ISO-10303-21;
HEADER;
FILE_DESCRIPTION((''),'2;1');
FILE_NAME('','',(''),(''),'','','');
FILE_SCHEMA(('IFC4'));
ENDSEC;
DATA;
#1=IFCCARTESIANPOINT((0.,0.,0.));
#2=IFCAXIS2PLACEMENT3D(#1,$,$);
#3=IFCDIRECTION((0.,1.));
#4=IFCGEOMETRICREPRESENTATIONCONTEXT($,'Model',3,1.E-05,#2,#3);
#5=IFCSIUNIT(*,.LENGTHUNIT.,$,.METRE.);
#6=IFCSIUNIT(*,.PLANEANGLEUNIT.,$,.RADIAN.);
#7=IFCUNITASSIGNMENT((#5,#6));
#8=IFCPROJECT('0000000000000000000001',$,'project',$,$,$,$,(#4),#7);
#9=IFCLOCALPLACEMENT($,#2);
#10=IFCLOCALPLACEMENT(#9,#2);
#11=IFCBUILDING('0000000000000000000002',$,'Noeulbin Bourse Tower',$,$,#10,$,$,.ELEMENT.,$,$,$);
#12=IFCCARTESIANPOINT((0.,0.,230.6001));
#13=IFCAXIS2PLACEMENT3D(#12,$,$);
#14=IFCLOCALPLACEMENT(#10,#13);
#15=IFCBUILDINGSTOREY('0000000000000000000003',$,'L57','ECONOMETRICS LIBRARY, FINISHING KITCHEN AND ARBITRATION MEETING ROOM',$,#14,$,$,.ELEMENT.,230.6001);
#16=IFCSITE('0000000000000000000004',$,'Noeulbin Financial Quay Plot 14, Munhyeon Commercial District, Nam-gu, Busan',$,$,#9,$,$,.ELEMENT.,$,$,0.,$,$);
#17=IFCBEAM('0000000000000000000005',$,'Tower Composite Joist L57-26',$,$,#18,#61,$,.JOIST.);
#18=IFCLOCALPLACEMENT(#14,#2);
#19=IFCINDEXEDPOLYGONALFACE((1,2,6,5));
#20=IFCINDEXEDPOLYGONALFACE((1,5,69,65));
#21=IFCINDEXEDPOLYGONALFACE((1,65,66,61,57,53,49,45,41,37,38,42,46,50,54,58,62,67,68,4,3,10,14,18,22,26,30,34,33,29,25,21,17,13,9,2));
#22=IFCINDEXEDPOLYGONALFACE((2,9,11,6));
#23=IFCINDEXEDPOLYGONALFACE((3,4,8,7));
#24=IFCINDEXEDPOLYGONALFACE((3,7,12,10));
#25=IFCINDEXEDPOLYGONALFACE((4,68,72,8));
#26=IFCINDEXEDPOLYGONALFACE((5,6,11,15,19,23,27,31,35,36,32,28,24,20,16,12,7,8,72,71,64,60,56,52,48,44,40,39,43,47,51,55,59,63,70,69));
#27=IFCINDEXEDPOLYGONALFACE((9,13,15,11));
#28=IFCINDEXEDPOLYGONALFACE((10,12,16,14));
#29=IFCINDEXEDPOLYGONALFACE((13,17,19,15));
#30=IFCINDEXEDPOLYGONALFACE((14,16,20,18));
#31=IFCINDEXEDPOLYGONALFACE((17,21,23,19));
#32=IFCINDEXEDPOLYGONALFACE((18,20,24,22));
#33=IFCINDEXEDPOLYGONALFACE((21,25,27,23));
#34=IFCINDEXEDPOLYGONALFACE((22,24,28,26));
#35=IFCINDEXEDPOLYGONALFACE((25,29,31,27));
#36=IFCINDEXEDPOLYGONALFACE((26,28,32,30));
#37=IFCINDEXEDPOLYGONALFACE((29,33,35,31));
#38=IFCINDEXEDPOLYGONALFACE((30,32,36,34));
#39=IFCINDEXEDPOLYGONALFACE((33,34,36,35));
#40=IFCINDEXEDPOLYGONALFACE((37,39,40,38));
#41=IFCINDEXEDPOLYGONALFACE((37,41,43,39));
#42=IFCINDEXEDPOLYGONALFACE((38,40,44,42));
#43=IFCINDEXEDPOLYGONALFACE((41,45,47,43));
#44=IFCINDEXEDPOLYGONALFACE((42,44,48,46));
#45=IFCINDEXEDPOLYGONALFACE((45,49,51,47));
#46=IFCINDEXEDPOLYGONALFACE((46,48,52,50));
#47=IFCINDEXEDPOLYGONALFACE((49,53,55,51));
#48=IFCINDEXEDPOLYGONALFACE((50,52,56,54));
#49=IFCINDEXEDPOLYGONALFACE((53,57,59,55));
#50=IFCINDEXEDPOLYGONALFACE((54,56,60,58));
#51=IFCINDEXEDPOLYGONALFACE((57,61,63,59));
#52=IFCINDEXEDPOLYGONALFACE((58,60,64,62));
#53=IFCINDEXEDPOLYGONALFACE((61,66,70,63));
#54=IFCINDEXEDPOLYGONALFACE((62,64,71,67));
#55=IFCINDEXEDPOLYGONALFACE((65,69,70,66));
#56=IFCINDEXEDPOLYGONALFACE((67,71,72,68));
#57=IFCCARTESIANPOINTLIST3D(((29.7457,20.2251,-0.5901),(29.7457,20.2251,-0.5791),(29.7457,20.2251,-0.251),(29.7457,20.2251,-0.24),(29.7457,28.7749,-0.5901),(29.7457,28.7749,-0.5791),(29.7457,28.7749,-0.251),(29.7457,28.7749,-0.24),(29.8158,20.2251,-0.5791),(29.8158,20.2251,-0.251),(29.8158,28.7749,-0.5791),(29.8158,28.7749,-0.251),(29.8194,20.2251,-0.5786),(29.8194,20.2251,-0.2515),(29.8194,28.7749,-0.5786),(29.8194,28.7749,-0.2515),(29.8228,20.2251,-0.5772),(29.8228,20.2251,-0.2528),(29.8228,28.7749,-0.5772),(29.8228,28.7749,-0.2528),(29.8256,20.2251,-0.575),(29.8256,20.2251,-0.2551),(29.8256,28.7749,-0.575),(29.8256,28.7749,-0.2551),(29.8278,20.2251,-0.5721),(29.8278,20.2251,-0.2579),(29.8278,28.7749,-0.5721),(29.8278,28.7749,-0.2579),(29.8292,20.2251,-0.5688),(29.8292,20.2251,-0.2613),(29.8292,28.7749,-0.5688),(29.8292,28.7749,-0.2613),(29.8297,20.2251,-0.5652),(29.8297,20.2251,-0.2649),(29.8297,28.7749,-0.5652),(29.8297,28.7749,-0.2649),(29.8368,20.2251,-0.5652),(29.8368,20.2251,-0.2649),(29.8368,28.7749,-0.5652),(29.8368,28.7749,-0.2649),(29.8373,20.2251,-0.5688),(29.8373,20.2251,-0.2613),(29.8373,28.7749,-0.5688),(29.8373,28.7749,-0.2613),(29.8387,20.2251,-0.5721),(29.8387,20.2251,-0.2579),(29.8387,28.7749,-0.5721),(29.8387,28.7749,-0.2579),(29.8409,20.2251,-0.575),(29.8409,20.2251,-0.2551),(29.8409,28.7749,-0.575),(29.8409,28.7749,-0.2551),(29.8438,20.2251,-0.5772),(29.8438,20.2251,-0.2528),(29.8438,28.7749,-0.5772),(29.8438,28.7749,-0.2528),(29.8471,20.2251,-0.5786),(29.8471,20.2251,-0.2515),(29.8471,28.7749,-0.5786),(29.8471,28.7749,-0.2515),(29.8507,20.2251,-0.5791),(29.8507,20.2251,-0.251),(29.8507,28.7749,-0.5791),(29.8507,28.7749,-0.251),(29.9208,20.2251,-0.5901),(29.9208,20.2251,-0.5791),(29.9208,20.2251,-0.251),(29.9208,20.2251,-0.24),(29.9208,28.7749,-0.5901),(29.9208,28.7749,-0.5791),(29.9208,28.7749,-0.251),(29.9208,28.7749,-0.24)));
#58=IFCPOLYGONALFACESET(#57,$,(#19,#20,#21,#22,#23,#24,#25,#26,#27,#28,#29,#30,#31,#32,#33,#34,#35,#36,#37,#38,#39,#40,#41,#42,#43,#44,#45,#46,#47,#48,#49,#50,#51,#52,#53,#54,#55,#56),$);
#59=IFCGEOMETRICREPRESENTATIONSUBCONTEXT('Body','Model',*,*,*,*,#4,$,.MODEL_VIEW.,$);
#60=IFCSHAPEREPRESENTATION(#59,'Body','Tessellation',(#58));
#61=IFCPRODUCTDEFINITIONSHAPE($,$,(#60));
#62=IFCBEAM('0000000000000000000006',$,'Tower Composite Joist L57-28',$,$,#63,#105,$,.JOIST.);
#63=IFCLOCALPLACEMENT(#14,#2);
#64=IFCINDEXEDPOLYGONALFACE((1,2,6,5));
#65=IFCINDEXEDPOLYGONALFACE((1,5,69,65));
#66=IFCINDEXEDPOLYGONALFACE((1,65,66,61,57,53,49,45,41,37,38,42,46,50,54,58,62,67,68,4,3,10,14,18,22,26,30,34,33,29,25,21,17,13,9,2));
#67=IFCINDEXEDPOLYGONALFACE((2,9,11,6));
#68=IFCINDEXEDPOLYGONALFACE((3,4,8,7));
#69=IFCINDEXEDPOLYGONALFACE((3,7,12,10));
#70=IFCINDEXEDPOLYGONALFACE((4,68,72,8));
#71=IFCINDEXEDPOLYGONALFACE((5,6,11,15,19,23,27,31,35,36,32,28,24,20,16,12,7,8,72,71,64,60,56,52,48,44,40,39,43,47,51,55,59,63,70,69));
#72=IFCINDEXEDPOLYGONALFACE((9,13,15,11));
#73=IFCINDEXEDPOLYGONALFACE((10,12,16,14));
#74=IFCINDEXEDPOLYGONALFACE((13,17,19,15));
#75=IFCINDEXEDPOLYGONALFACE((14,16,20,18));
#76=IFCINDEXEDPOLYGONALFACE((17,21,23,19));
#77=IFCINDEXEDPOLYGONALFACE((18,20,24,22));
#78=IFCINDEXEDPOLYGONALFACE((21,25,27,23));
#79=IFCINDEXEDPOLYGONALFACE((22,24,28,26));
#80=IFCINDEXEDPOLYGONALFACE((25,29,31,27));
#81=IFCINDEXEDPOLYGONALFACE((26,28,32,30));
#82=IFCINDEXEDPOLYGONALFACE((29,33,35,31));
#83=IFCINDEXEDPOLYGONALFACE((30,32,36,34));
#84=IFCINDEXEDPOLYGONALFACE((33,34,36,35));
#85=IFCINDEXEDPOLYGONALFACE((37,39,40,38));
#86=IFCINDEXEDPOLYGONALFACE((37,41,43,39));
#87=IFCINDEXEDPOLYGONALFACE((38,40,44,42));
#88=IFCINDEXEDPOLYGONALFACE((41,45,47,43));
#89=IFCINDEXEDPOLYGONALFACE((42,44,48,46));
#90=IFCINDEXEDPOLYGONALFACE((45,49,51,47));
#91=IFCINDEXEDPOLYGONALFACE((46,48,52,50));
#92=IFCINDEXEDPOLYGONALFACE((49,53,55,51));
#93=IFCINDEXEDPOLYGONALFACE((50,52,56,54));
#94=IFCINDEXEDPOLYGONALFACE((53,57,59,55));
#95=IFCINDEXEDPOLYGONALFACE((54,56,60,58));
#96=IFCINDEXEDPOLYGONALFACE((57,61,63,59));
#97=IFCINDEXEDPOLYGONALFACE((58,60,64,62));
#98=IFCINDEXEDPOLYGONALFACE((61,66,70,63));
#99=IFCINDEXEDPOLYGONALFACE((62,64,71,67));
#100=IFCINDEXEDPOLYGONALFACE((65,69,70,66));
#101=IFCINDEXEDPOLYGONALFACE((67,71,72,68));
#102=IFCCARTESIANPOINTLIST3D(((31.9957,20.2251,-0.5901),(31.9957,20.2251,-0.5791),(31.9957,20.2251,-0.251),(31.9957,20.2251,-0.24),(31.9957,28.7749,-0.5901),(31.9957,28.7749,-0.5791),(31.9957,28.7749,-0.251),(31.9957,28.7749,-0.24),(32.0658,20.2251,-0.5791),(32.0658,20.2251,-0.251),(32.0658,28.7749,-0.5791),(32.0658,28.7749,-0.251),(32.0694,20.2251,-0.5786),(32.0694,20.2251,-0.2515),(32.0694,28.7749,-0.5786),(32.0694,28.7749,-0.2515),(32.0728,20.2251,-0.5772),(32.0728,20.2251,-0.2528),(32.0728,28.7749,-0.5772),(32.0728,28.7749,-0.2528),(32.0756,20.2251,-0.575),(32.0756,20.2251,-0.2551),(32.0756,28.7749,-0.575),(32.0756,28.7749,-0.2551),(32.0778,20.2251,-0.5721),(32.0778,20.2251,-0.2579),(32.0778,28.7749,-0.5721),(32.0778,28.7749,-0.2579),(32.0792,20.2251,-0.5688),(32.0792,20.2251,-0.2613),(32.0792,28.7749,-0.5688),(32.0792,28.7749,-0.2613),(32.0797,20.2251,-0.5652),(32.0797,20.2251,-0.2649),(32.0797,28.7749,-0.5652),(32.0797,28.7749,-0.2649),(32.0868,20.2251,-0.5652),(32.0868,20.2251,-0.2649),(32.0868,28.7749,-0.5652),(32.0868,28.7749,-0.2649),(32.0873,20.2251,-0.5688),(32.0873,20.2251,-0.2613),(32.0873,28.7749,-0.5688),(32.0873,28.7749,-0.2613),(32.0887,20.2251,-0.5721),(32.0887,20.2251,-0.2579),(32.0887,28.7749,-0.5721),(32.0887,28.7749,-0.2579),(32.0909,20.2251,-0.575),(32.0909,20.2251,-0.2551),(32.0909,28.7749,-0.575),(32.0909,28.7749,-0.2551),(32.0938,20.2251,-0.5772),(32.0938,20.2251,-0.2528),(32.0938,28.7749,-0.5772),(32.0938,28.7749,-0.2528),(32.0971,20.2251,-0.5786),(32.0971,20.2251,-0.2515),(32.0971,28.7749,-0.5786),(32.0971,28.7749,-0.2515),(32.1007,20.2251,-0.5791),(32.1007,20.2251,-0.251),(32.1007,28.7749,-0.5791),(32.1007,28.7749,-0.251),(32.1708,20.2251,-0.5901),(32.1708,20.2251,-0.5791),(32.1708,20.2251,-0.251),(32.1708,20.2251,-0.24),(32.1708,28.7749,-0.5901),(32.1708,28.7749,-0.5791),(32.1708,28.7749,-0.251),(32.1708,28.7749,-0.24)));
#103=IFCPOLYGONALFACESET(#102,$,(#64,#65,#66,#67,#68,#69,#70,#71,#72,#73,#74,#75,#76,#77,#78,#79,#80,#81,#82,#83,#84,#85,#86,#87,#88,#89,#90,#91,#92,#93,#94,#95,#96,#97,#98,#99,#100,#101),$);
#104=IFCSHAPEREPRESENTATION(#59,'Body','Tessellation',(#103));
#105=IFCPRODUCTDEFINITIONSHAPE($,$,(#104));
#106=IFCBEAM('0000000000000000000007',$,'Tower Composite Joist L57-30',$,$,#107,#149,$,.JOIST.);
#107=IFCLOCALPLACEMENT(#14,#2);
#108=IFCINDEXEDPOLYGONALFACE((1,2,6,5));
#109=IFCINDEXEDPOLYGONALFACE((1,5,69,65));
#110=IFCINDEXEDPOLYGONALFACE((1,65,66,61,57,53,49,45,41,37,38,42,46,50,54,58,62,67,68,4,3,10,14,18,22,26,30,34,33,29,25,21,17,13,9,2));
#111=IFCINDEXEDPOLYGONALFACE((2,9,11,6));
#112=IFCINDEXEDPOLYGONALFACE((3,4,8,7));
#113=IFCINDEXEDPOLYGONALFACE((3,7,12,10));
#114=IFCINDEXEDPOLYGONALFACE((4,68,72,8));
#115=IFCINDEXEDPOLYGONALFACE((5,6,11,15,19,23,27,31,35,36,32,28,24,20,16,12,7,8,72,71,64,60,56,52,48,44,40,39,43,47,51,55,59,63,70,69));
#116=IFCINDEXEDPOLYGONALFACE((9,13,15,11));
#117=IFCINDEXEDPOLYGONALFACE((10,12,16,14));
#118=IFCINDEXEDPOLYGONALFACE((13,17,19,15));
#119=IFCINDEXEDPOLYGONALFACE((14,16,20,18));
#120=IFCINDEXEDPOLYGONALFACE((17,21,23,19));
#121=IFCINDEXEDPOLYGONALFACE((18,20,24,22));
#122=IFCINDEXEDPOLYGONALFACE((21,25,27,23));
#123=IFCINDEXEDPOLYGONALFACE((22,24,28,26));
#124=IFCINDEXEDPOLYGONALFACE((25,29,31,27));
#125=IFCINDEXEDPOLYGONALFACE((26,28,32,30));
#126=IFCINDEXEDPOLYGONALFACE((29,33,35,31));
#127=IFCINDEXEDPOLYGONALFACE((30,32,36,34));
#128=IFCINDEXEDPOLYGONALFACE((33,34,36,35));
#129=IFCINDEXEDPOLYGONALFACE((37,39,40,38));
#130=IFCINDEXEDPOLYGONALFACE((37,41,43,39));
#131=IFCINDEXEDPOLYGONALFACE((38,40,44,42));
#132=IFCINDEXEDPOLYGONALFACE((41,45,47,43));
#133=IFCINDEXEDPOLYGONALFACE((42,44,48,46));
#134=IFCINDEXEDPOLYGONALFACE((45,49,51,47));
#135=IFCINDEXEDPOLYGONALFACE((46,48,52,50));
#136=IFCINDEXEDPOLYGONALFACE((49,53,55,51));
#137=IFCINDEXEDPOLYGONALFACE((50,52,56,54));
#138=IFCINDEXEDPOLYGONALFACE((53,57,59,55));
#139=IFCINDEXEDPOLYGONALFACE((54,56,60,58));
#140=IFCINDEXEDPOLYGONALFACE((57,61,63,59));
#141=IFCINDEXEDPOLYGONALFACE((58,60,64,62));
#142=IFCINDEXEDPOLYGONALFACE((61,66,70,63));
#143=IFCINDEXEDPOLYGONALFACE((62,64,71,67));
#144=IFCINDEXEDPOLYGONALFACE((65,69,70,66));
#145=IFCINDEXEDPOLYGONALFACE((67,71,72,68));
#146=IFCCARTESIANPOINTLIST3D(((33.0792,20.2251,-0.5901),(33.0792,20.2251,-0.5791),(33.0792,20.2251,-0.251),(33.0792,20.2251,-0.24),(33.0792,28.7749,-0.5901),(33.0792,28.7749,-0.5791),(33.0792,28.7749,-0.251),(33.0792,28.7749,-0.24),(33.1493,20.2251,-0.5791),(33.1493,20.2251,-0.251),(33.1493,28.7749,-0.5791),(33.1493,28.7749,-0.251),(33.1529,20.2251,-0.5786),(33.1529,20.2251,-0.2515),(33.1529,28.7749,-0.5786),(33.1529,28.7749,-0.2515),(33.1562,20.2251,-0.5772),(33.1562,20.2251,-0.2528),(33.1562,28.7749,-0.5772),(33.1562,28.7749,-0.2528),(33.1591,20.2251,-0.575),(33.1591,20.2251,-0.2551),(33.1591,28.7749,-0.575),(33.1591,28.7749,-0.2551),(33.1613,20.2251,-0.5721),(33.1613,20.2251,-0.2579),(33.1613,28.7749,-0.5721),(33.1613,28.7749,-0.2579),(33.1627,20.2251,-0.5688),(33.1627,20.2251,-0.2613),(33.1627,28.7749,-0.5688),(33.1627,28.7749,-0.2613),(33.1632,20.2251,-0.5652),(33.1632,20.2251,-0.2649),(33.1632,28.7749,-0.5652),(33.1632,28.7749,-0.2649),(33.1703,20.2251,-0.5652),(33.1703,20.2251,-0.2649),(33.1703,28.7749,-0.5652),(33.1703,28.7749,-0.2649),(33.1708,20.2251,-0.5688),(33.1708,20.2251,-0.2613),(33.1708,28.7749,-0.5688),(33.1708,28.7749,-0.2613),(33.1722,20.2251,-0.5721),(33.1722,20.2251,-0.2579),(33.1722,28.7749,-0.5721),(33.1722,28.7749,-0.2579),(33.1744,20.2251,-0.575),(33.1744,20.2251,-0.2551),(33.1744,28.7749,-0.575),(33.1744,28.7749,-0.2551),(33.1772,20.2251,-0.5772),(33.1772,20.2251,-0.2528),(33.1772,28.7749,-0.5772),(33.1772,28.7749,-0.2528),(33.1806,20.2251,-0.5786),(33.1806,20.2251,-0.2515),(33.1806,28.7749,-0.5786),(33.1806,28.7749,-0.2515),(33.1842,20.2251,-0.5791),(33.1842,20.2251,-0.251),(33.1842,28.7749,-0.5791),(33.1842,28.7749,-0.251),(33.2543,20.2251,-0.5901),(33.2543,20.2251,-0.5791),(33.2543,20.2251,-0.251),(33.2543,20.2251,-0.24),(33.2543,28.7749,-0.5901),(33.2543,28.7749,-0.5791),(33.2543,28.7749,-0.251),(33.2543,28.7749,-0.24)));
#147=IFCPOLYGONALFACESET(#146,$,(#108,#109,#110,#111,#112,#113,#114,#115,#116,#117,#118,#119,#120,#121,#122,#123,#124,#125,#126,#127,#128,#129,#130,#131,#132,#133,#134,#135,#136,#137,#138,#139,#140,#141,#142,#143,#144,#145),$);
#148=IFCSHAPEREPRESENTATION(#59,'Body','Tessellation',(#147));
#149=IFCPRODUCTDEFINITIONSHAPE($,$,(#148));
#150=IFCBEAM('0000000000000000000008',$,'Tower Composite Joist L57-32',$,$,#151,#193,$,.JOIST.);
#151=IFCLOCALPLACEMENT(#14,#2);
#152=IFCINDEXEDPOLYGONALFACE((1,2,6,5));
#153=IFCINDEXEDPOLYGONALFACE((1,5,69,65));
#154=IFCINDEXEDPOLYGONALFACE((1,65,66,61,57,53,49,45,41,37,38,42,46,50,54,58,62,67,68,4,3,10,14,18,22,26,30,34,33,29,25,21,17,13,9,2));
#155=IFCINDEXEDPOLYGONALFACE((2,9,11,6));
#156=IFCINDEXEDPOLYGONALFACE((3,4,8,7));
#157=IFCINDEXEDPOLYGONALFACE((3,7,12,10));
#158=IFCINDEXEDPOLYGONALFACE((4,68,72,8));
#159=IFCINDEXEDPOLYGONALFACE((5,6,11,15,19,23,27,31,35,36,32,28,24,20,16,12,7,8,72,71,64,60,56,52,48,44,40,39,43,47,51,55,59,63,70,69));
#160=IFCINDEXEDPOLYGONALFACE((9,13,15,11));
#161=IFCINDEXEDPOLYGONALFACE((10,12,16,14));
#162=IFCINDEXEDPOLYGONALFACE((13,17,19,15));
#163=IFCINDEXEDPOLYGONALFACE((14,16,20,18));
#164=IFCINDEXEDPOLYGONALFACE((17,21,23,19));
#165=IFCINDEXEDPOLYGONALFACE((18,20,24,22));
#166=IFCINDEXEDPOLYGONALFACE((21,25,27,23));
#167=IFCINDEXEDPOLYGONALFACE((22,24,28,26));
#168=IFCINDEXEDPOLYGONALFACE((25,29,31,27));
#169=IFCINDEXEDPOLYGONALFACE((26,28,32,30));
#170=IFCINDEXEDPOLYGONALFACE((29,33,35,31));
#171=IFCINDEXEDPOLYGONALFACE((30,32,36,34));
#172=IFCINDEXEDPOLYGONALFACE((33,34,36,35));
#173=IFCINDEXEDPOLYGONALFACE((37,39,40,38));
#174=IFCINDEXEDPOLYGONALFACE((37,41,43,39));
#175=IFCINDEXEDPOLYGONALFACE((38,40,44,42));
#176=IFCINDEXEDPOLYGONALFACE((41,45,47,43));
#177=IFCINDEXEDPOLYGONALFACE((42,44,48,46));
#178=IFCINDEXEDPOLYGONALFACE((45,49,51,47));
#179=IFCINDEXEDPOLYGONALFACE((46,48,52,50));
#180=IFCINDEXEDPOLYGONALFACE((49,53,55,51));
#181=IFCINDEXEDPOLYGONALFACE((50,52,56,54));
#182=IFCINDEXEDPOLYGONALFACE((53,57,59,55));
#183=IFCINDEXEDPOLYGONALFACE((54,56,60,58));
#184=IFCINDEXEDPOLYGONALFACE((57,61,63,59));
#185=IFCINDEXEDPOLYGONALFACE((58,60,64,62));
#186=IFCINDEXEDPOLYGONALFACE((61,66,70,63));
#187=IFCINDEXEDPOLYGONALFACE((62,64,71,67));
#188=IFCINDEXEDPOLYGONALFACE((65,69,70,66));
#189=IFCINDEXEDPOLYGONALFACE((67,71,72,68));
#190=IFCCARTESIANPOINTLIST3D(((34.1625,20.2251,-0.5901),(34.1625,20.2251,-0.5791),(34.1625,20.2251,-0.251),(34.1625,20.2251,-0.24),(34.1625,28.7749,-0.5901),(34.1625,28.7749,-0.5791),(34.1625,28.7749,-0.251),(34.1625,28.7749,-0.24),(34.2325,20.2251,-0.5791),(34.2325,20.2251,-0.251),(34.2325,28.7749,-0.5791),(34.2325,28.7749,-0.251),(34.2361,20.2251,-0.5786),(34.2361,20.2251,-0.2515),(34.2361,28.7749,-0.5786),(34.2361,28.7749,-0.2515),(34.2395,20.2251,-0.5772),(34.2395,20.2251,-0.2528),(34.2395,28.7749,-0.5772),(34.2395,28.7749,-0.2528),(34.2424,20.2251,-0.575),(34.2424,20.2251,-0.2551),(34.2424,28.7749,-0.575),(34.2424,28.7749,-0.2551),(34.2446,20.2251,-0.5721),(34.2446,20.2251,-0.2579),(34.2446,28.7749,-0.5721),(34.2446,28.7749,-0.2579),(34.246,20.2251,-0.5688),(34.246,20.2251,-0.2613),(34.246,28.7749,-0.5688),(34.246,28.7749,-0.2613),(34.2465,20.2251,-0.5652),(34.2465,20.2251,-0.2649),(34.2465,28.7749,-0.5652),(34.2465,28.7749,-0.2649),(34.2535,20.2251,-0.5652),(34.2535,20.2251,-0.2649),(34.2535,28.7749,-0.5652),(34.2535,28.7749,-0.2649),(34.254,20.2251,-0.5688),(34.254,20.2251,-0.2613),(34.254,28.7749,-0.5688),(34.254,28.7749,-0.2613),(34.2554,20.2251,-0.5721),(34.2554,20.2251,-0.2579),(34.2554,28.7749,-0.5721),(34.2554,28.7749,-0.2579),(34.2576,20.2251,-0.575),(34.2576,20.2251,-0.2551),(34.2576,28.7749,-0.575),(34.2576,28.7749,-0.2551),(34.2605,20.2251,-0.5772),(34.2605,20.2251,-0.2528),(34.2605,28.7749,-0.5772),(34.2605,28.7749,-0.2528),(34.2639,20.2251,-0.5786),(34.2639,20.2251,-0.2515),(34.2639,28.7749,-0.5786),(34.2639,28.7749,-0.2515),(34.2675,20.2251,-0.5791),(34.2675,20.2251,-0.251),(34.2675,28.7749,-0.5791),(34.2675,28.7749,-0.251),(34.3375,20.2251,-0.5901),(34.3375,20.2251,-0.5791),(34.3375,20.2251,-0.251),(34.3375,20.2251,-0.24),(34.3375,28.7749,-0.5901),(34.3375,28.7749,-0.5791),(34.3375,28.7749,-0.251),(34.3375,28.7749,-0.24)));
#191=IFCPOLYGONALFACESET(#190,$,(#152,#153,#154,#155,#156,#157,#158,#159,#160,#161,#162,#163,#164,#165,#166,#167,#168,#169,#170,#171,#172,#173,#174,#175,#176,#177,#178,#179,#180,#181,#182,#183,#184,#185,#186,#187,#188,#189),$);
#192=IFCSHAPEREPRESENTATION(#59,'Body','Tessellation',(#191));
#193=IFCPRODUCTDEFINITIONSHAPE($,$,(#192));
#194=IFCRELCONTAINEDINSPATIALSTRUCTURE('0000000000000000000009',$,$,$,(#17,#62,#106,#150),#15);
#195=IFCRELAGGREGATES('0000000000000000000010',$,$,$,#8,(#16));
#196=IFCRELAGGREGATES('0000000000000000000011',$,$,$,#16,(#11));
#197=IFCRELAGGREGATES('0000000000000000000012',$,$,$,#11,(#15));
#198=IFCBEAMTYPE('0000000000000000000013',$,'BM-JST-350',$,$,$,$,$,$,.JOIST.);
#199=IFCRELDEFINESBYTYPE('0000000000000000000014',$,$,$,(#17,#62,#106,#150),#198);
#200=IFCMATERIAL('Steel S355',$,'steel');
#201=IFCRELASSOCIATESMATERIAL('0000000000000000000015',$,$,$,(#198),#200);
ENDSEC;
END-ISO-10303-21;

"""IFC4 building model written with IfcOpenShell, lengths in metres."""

from ifc_helpers import new_model, si_unit, direction, frame, origin, origin_2d, place, context, subcontext, project, spatial, i_section, extrude, material, material_profile, profile_set, type_object, element, save


model = new_model("IFC4")

# Units and contexts
model_context = context("Model", 3, precision=1e-05, world=origin(), true_north=direction((0.0, 1.0)))
body_context = subcontext(model_context, "Body", "Model", "MODEL_VIEW")
ifc_project = project(units=[si_unit("LENGTHUNIT", "METRE"), si_unit("PLANEANGLEUNIT", "RADIAN")], contexts=[model_context])

# Site, building, storey
site_placement = place(None, origin())
site = spatial("IfcSite", under=ifc_project, at=site_placement, Name="Noeulbin Financial Quay Plot 14, Munhyeon Commercial District, Nam-gu, Busan", CompositionType="ELEMENT", RefElevation=0.0)
building_placement = place(site_placement, origin())
building = spatial("IfcBuilding", under=site, at=building_placement, Name="Noeulbin Bourse Tower", CompositionType="ELEMENT")
storey_placement = place(building_placement, frame((0.0, 0.0, 230.6001)))
storey = spatial("IfcBuildingStorey", under=building, at=storey_placement, Name="L57", Description="ECONOMETRICS LIBRARY, FINISHING KITCHEN AND ARBITRATION MEETING ROOM", CompositionType="ELEMENT", Elevation=230.6001)

# Shared definitions
ifc_material_1 = material(Name="Steel S355", Category="steel")

# Beams
ifc_material_profile_1 = material_profile(ifc_material_1, i_section(OverallWidth=0.175, OverallDepth=0.3501, WebThickness=0.0071, FlangeThickness=0.011, FilletRadius=0.0139, at=origin_2d()), Name="H-350x175x7x11", Category="LoadBearing")
ifc_profile_set_1 = profile_set([ifc_material_profile_1], Name="Steel S355")
beam_type_1 = type_object("IfcBeamType", Name="BM-JST-350", PredefinedType="JOIST", material=ifc_profile_set_1)
for number, where, z_axis, x_axis, name in (
    (1, (29.8333, 20.2251, -0.415), (0.0, 1.0, 0.0), (-1.0, 0.0, 0.0), "Tower Composite Joist L57-26"),
    (2, (32.0833, 20.2251, -0.415), (0.0, 1.0, 0.0), (-1.0, 0.0, 0.0), "Tower Composite Joist L57-28"),
    (3, (33.1667, 20.2251, -0.415), (0.0, 1.0, 0.0), (-1.0, 0.0, 0.0), "Tower Composite Joist L57-30"),
    (4, (34.25, 20.2251, -0.415), (0.0, 1.0, 0.0), (-1.0, 0.0, 0.0), "Tower Composite Joist L57-32"),
):
    element("IfcBeam", number, at=place(storey_placement, frame(where, z_axis=z_axis, x_axis=x_axis)), inside=storey, type_object=beam_type_1, Name=name, PredefinedType="JOIST", context=body_context, shape_type="SweptSolid", body=[
        extrude(i_section(OverallWidth=0.175, OverallDepth=0.3501, WebThickness=0.0071, FlangeThickness=0.011, FilletRadius=0.0139, at=origin_2d()), origin(), (0.0, 0.0, 1.0), 8.5498),
    ])

save(model, "model.ifc")
